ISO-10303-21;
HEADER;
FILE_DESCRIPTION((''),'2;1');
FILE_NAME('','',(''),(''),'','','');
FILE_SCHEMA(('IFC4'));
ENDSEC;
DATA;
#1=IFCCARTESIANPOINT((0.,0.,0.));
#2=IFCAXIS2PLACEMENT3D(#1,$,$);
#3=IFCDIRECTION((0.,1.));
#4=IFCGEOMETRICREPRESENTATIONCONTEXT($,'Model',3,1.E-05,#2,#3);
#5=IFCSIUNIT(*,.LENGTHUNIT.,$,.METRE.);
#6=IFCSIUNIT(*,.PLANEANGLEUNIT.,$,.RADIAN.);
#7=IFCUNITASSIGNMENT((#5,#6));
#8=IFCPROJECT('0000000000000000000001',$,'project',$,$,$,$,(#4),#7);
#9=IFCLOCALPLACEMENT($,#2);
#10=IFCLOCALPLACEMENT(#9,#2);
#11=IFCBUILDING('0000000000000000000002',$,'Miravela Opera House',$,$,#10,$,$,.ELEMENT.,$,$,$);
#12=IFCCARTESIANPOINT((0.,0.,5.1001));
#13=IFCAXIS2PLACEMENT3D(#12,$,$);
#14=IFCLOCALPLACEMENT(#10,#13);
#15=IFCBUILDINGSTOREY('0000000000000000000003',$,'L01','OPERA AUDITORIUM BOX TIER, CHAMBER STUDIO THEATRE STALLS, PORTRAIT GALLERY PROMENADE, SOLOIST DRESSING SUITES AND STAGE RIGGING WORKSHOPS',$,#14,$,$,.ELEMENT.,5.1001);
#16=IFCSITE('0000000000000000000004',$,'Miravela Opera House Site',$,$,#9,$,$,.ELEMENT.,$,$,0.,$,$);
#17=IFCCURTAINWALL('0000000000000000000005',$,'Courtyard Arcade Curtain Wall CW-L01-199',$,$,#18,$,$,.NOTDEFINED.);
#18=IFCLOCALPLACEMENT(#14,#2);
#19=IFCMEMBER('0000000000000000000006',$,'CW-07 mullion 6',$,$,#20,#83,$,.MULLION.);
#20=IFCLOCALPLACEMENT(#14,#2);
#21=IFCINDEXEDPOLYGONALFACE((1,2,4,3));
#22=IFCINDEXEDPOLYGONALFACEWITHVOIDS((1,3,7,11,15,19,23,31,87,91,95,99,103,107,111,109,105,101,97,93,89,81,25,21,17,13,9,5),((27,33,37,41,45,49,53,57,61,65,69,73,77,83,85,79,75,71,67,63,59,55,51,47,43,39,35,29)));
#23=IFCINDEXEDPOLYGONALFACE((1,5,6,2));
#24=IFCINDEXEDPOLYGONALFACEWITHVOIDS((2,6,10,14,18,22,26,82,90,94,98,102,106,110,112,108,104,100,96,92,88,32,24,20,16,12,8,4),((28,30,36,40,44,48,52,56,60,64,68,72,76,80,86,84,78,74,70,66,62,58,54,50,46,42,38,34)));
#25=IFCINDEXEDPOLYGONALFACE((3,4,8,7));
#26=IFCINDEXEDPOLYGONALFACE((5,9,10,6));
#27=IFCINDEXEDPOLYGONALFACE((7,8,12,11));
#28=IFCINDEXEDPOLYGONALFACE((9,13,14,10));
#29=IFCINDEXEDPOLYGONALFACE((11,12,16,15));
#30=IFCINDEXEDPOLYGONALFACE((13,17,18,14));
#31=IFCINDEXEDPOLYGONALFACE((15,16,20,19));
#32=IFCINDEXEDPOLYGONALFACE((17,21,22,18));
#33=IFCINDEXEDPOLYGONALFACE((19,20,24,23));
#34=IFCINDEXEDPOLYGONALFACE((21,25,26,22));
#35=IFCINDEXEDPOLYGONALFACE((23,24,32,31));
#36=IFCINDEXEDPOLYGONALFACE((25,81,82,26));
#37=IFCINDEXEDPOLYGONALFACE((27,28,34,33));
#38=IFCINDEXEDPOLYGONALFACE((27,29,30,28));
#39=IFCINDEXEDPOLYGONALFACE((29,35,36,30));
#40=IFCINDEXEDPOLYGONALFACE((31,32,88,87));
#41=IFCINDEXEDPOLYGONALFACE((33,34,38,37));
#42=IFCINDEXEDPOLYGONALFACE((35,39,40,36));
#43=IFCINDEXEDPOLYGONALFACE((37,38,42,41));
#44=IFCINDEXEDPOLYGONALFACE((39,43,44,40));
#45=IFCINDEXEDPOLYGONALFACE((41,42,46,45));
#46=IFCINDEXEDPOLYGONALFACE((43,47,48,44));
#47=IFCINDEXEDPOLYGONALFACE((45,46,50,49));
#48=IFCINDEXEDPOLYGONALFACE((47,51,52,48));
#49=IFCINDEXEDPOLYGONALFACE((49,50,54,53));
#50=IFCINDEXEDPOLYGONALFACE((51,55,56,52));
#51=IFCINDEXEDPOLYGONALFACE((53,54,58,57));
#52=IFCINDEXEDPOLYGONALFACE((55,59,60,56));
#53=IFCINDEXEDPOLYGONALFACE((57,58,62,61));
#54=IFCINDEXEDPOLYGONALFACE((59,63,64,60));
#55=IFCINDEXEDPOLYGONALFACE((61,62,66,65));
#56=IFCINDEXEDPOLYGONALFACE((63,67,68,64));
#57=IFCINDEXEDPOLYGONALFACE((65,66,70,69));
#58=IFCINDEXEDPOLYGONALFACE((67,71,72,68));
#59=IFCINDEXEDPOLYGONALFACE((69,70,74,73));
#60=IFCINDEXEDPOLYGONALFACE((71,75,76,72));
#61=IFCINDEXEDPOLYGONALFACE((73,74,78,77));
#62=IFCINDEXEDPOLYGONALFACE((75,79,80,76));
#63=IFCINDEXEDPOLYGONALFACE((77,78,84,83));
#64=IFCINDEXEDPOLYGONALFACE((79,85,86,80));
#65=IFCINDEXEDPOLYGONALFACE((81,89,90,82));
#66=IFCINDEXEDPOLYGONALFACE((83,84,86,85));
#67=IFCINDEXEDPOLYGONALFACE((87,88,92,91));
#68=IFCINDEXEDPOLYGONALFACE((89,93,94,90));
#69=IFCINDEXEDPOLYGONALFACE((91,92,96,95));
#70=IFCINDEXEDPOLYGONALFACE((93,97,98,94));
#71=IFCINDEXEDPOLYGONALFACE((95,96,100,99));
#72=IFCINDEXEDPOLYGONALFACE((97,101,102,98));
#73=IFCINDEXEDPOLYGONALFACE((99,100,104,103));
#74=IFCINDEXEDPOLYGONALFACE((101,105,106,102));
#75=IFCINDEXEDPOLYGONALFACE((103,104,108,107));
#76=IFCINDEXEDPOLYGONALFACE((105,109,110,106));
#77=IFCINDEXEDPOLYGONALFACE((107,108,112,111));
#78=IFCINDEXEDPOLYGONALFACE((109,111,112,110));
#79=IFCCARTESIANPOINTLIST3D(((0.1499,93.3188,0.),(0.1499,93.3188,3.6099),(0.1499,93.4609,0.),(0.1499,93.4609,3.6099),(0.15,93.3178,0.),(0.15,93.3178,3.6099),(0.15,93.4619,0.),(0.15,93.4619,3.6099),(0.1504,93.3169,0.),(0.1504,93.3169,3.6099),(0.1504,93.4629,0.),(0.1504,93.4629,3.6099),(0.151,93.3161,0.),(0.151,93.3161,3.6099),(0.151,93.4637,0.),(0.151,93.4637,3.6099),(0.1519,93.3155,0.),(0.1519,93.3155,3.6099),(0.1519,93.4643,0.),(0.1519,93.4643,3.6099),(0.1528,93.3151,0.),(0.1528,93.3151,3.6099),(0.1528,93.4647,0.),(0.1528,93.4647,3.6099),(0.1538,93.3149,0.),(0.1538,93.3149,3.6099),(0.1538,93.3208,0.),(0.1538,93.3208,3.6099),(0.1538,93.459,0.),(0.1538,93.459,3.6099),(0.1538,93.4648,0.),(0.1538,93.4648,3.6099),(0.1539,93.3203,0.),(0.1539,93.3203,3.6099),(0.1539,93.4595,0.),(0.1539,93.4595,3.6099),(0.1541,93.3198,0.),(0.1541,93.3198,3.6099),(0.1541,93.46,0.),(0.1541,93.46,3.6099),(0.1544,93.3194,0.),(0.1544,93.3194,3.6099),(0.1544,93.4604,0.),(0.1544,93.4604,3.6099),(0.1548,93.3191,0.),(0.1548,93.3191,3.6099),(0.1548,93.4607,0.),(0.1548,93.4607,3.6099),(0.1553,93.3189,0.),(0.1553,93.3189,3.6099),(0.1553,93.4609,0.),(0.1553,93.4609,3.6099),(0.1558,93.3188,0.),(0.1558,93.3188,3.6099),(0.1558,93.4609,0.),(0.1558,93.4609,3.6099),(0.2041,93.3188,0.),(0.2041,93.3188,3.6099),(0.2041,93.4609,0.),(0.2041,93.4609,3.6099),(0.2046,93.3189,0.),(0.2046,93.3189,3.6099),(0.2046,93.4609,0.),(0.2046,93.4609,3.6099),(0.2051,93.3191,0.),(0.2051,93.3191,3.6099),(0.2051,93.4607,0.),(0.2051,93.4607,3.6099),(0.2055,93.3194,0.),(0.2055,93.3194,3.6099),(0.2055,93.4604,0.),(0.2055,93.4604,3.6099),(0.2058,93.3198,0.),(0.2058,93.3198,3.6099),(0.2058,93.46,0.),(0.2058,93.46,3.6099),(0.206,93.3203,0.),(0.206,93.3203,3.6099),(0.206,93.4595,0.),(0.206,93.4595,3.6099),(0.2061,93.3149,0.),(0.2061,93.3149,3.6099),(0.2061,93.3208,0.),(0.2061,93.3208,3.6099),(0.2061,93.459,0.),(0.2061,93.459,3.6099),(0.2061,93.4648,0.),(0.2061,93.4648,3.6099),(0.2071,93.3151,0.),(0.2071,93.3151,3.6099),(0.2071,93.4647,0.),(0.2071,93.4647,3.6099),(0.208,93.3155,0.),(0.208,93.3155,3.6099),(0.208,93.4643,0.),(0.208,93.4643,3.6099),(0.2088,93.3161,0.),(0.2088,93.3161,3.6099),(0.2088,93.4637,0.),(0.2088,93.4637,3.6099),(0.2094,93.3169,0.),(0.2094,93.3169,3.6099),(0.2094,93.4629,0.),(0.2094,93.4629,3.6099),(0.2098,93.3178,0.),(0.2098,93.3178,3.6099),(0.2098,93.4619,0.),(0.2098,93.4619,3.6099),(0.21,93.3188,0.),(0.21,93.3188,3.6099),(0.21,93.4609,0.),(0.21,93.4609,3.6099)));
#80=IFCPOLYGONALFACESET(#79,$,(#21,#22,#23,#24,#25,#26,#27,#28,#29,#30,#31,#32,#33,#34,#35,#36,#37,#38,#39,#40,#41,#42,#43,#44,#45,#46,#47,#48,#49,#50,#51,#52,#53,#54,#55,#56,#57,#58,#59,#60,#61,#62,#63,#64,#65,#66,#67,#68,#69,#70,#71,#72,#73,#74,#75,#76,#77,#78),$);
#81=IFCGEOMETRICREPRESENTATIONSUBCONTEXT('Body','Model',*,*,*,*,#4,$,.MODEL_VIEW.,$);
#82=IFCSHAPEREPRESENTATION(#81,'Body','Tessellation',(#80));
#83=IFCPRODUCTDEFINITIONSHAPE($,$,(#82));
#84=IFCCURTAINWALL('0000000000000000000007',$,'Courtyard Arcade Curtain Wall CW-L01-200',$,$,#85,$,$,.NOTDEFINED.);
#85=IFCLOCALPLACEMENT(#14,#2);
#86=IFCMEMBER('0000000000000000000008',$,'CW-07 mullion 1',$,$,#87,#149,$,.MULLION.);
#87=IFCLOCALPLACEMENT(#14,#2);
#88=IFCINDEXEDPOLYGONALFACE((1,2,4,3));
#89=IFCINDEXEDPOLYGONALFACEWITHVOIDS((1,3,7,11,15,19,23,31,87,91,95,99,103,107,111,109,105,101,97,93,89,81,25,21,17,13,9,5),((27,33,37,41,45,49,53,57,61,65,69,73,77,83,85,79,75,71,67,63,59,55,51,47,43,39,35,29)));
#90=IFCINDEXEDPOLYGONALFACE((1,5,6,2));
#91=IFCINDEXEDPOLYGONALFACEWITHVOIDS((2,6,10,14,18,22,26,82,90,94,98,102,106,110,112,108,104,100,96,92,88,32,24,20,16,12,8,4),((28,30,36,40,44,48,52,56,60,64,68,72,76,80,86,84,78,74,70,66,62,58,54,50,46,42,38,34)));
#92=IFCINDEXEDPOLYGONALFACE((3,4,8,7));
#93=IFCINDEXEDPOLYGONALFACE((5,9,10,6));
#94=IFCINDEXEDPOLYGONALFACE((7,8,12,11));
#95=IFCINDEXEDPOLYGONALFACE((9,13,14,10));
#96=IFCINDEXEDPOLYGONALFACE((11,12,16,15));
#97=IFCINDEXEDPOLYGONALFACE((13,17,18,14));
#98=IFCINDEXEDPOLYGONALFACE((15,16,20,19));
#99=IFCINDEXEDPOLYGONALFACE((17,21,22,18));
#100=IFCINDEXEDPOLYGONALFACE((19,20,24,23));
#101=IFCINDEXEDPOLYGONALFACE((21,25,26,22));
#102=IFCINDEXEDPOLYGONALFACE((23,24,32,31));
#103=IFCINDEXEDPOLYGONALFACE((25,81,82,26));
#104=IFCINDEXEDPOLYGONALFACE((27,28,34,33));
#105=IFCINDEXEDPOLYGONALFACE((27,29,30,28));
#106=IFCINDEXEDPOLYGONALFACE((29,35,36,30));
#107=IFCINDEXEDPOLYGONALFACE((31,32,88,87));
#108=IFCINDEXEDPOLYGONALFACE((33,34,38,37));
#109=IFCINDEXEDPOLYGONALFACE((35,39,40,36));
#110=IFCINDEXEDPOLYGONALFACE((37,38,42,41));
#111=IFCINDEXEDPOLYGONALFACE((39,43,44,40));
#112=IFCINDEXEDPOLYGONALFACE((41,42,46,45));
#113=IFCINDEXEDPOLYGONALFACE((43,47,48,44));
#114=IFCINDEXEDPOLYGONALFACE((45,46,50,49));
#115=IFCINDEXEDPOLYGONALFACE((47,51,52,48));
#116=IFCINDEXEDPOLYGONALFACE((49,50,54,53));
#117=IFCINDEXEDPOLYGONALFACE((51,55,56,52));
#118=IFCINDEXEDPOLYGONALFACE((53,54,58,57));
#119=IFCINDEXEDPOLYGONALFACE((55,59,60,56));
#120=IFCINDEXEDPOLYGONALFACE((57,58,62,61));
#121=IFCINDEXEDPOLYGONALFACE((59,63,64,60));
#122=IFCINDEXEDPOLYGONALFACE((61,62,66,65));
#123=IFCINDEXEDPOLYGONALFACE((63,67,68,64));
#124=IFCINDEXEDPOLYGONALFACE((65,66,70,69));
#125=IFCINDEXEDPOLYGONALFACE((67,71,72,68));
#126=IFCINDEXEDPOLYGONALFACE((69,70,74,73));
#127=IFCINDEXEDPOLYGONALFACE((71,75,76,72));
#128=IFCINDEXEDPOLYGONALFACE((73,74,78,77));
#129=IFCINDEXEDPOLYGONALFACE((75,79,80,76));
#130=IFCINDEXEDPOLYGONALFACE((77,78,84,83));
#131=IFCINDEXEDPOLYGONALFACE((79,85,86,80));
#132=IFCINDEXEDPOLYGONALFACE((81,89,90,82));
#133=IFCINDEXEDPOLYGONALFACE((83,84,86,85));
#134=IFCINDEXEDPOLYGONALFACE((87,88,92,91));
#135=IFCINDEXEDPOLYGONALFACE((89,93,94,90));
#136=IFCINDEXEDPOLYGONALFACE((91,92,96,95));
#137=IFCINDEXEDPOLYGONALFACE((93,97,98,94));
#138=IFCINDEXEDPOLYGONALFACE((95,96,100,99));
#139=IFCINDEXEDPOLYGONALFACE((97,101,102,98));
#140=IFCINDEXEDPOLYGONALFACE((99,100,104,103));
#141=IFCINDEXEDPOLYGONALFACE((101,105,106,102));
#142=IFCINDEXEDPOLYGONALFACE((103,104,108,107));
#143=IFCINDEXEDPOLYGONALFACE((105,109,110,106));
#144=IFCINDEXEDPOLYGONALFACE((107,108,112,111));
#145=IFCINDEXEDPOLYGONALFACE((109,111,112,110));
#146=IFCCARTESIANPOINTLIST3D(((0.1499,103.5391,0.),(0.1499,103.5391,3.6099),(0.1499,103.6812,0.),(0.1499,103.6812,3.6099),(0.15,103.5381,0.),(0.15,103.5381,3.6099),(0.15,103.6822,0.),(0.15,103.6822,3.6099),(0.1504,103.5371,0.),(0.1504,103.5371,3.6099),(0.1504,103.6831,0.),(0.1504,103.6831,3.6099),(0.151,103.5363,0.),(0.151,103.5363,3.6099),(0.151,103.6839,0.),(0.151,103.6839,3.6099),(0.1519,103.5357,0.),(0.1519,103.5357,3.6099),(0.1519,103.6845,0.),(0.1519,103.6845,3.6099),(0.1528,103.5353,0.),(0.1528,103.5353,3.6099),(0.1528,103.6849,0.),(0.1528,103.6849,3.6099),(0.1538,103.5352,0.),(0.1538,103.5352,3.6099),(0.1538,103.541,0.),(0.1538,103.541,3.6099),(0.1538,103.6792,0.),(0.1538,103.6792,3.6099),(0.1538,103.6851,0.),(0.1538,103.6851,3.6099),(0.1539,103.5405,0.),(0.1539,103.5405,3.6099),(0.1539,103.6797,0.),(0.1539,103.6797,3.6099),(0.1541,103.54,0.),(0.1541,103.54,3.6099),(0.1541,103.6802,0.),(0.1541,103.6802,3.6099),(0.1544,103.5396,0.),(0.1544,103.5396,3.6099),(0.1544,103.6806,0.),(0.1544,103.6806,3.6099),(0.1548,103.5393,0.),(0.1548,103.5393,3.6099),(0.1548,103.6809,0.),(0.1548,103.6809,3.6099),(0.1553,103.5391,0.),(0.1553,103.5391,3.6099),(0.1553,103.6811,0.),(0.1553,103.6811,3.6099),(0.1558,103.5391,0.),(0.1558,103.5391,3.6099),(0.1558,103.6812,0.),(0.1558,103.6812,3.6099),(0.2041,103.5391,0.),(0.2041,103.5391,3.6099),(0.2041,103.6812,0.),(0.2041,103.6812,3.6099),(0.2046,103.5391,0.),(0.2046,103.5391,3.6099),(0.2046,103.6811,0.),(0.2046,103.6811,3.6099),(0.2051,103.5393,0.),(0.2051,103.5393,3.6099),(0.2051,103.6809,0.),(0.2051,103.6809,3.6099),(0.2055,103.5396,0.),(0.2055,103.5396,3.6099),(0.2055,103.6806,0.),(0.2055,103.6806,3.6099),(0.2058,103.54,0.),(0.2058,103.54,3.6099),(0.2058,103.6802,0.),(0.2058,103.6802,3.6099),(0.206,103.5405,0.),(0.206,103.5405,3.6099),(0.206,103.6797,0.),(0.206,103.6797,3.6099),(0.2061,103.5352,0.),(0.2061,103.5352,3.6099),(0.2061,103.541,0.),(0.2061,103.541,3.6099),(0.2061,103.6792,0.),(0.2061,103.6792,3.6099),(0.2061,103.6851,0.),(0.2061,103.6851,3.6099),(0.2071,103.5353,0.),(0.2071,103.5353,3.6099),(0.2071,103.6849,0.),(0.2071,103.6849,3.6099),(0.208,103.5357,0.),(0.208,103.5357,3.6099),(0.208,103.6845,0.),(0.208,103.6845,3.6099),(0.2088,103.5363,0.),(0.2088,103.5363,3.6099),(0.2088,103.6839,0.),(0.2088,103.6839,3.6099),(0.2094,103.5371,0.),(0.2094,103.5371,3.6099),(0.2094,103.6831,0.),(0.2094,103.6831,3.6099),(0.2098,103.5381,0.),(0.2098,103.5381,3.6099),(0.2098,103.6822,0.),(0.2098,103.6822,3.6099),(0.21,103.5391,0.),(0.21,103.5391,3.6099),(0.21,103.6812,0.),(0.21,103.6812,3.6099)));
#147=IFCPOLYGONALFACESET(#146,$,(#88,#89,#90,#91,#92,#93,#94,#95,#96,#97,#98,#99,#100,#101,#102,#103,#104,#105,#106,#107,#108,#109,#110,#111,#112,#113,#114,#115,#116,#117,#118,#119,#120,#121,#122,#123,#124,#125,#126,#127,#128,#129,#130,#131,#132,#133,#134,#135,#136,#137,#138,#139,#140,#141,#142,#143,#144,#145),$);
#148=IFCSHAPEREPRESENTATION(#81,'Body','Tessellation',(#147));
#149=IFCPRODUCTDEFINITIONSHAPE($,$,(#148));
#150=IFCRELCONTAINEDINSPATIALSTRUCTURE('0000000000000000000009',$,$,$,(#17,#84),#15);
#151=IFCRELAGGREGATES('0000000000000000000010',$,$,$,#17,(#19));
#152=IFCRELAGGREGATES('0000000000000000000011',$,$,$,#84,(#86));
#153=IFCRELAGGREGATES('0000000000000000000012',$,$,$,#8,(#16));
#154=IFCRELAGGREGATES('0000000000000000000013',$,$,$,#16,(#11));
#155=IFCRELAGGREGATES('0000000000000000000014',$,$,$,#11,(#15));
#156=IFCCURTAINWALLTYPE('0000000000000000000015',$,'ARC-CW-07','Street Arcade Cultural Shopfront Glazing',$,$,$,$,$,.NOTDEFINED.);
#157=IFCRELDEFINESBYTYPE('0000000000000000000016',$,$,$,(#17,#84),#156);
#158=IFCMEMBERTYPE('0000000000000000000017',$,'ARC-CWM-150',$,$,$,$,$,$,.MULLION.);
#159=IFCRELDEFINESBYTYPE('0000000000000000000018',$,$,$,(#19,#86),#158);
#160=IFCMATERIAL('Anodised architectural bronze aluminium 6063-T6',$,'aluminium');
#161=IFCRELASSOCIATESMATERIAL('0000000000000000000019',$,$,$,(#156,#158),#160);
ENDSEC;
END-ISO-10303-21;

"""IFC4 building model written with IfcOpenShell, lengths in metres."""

from ifc_helpers import new_model, si_unit, direction, frame, origin, origin_2d, place, context, subcontext, project, spatial, hollow_rectangle, extrude, material, material_profile, profile_set, type_object, element, aggregate, save


model = new_model("IFC4")

# Units and contexts
model_context = context("Model", 3, precision=1e-05, world=origin(), true_north=direction((0.0, 1.0)))
body_context = subcontext(model_context, "Body", "Model", "MODEL_VIEW")
ifc_project = project(units=[si_unit("LENGTHUNIT", "METRE"), si_unit("PLANEANGLEUNIT", "RADIAN")], contexts=[model_context])

# Site, building, storey
site_placement = place(None, origin())
site = spatial("IfcSite", under=ifc_project, at=site_placement, Name="Miravela Opera House Site", CompositionType="ELEMENT", RefElevation=0.0)
building_placement = place(site_placement, origin())
building = spatial("IfcBuilding", under=site, at=building_placement, Name="Miravela Opera House", CompositionType="ELEMENT")
storey_placement = place(building_placement, frame((0.0, 0.0, 5.1001)))
storey = spatial("IfcBuildingStorey", under=building, at=storey_placement, Name="L01", Description="OPERA AUDITORIUM BOX TIER, CHAMBER STUDIO THEATRE STALLS, PORTRAIT GALLERY PROMENADE, SOLOIST DRESSING SUITES AND STAGE RIGGING WORKSHOPS", CompositionType="ELEMENT", Elevation=5.1001)

# Curtain wall, member
ifc_material_1 = material(Name="Anodised architectural bronze aluminium 6063-T6", Category="aluminium")
curtain_wall_type = type_object("IfcCurtainWallType", Name="ARC-CW-07", Description="Street Arcade Cultural Shopfront Glazing", PredefinedType="NOTDEFINED", material=ifc_material_1)
curtain_wall_1_placement = place(storey_placement, origin())
curtain_wall_1 = element("IfcCurtainWall", 1, at=curtain_wall_1_placement, inside=storey, type_object=curtain_wall_type, Name="Courtyard Arcade Curtain Wall CW-L01-199", PredefinedType="NOTDEFINED")
ifc_material_profile_1 = material_profile(ifc_material_1, hollow_rectangle(XDim=0.0601, YDim=0.1499, WallThickness=0.0039, InnerFilletRadius=0.002, OuterFilletRadius=0.0039, at=origin_2d()), Name="CWM-60X150")
ifc_profile_set_1 = profile_set([ifc_material_profile_1])
member_type_1 = type_object("IfcMemberType", Name="ARC-CWM-150", PredefinedType="MULLION", material=ifc_profile_set_1)
member_1_placement = place(storey_placement, frame((0.1799, 93.3899, 0.0), z_axis=(0.0, 0.0, 1.0), x_axis=(-1.0, 0.0, 0.0)))
member_1 = element("IfcMember", 2, at=member_1_placement, type_object=member_type_1, Name="CW-07 mullion 6", PredefinedType="MULLION", context=body_context, shape_type="SweptSolid", body=[
    extrude(hollow_rectangle(XDim=0.0601, YDim=0.1499, WallThickness=0.0039, InnerFilletRadius=0.002, OuterFilletRadius=0.0039, at=origin_2d()), origin(), (0.0, 0.0, 1.0), 3.6099),
])
aggregate(curtain_wall_1, [member_1])

# Curtain wall, member
curtain_wall_2_placement = place(storey_placement, origin())
curtain_wall_2 = element("IfcCurtainWall", 3, at=curtain_wall_2_placement, inside=storey, type_object=curtain_wall_type, Name="Courtyard Arcade Curtain Wall CW-L01-200", PredefinedType="NOTDEFINED")
member_2_placement = place(storey_placement, frame((0.1799, 103.6101, 0.0), z_axis=(0.0, 0.0, 1.0), x_axis=(-1.0, 0.0, 0.0)))
member_2 = element("IfcMember", 4, at=member_2_placement, type_object=member_type_1, Name="CW-07 mullion 1", PredefinedType="MULLION", context=body_context, shape_type="SweptSolid", body=[
    extrude(hollow_rectangle(XDim=0.0601, YDim=0.1499, WallThickness=0.0039, InnerFilletRadius=0.002, OuterFilletRadius=0.0039, at=origin_2d()), origin(), (0.0, 0.0, 1.0), 3.6099),
])

aggregate(curtain_wall_2, [member_2])

save(model, "model.ifc")
